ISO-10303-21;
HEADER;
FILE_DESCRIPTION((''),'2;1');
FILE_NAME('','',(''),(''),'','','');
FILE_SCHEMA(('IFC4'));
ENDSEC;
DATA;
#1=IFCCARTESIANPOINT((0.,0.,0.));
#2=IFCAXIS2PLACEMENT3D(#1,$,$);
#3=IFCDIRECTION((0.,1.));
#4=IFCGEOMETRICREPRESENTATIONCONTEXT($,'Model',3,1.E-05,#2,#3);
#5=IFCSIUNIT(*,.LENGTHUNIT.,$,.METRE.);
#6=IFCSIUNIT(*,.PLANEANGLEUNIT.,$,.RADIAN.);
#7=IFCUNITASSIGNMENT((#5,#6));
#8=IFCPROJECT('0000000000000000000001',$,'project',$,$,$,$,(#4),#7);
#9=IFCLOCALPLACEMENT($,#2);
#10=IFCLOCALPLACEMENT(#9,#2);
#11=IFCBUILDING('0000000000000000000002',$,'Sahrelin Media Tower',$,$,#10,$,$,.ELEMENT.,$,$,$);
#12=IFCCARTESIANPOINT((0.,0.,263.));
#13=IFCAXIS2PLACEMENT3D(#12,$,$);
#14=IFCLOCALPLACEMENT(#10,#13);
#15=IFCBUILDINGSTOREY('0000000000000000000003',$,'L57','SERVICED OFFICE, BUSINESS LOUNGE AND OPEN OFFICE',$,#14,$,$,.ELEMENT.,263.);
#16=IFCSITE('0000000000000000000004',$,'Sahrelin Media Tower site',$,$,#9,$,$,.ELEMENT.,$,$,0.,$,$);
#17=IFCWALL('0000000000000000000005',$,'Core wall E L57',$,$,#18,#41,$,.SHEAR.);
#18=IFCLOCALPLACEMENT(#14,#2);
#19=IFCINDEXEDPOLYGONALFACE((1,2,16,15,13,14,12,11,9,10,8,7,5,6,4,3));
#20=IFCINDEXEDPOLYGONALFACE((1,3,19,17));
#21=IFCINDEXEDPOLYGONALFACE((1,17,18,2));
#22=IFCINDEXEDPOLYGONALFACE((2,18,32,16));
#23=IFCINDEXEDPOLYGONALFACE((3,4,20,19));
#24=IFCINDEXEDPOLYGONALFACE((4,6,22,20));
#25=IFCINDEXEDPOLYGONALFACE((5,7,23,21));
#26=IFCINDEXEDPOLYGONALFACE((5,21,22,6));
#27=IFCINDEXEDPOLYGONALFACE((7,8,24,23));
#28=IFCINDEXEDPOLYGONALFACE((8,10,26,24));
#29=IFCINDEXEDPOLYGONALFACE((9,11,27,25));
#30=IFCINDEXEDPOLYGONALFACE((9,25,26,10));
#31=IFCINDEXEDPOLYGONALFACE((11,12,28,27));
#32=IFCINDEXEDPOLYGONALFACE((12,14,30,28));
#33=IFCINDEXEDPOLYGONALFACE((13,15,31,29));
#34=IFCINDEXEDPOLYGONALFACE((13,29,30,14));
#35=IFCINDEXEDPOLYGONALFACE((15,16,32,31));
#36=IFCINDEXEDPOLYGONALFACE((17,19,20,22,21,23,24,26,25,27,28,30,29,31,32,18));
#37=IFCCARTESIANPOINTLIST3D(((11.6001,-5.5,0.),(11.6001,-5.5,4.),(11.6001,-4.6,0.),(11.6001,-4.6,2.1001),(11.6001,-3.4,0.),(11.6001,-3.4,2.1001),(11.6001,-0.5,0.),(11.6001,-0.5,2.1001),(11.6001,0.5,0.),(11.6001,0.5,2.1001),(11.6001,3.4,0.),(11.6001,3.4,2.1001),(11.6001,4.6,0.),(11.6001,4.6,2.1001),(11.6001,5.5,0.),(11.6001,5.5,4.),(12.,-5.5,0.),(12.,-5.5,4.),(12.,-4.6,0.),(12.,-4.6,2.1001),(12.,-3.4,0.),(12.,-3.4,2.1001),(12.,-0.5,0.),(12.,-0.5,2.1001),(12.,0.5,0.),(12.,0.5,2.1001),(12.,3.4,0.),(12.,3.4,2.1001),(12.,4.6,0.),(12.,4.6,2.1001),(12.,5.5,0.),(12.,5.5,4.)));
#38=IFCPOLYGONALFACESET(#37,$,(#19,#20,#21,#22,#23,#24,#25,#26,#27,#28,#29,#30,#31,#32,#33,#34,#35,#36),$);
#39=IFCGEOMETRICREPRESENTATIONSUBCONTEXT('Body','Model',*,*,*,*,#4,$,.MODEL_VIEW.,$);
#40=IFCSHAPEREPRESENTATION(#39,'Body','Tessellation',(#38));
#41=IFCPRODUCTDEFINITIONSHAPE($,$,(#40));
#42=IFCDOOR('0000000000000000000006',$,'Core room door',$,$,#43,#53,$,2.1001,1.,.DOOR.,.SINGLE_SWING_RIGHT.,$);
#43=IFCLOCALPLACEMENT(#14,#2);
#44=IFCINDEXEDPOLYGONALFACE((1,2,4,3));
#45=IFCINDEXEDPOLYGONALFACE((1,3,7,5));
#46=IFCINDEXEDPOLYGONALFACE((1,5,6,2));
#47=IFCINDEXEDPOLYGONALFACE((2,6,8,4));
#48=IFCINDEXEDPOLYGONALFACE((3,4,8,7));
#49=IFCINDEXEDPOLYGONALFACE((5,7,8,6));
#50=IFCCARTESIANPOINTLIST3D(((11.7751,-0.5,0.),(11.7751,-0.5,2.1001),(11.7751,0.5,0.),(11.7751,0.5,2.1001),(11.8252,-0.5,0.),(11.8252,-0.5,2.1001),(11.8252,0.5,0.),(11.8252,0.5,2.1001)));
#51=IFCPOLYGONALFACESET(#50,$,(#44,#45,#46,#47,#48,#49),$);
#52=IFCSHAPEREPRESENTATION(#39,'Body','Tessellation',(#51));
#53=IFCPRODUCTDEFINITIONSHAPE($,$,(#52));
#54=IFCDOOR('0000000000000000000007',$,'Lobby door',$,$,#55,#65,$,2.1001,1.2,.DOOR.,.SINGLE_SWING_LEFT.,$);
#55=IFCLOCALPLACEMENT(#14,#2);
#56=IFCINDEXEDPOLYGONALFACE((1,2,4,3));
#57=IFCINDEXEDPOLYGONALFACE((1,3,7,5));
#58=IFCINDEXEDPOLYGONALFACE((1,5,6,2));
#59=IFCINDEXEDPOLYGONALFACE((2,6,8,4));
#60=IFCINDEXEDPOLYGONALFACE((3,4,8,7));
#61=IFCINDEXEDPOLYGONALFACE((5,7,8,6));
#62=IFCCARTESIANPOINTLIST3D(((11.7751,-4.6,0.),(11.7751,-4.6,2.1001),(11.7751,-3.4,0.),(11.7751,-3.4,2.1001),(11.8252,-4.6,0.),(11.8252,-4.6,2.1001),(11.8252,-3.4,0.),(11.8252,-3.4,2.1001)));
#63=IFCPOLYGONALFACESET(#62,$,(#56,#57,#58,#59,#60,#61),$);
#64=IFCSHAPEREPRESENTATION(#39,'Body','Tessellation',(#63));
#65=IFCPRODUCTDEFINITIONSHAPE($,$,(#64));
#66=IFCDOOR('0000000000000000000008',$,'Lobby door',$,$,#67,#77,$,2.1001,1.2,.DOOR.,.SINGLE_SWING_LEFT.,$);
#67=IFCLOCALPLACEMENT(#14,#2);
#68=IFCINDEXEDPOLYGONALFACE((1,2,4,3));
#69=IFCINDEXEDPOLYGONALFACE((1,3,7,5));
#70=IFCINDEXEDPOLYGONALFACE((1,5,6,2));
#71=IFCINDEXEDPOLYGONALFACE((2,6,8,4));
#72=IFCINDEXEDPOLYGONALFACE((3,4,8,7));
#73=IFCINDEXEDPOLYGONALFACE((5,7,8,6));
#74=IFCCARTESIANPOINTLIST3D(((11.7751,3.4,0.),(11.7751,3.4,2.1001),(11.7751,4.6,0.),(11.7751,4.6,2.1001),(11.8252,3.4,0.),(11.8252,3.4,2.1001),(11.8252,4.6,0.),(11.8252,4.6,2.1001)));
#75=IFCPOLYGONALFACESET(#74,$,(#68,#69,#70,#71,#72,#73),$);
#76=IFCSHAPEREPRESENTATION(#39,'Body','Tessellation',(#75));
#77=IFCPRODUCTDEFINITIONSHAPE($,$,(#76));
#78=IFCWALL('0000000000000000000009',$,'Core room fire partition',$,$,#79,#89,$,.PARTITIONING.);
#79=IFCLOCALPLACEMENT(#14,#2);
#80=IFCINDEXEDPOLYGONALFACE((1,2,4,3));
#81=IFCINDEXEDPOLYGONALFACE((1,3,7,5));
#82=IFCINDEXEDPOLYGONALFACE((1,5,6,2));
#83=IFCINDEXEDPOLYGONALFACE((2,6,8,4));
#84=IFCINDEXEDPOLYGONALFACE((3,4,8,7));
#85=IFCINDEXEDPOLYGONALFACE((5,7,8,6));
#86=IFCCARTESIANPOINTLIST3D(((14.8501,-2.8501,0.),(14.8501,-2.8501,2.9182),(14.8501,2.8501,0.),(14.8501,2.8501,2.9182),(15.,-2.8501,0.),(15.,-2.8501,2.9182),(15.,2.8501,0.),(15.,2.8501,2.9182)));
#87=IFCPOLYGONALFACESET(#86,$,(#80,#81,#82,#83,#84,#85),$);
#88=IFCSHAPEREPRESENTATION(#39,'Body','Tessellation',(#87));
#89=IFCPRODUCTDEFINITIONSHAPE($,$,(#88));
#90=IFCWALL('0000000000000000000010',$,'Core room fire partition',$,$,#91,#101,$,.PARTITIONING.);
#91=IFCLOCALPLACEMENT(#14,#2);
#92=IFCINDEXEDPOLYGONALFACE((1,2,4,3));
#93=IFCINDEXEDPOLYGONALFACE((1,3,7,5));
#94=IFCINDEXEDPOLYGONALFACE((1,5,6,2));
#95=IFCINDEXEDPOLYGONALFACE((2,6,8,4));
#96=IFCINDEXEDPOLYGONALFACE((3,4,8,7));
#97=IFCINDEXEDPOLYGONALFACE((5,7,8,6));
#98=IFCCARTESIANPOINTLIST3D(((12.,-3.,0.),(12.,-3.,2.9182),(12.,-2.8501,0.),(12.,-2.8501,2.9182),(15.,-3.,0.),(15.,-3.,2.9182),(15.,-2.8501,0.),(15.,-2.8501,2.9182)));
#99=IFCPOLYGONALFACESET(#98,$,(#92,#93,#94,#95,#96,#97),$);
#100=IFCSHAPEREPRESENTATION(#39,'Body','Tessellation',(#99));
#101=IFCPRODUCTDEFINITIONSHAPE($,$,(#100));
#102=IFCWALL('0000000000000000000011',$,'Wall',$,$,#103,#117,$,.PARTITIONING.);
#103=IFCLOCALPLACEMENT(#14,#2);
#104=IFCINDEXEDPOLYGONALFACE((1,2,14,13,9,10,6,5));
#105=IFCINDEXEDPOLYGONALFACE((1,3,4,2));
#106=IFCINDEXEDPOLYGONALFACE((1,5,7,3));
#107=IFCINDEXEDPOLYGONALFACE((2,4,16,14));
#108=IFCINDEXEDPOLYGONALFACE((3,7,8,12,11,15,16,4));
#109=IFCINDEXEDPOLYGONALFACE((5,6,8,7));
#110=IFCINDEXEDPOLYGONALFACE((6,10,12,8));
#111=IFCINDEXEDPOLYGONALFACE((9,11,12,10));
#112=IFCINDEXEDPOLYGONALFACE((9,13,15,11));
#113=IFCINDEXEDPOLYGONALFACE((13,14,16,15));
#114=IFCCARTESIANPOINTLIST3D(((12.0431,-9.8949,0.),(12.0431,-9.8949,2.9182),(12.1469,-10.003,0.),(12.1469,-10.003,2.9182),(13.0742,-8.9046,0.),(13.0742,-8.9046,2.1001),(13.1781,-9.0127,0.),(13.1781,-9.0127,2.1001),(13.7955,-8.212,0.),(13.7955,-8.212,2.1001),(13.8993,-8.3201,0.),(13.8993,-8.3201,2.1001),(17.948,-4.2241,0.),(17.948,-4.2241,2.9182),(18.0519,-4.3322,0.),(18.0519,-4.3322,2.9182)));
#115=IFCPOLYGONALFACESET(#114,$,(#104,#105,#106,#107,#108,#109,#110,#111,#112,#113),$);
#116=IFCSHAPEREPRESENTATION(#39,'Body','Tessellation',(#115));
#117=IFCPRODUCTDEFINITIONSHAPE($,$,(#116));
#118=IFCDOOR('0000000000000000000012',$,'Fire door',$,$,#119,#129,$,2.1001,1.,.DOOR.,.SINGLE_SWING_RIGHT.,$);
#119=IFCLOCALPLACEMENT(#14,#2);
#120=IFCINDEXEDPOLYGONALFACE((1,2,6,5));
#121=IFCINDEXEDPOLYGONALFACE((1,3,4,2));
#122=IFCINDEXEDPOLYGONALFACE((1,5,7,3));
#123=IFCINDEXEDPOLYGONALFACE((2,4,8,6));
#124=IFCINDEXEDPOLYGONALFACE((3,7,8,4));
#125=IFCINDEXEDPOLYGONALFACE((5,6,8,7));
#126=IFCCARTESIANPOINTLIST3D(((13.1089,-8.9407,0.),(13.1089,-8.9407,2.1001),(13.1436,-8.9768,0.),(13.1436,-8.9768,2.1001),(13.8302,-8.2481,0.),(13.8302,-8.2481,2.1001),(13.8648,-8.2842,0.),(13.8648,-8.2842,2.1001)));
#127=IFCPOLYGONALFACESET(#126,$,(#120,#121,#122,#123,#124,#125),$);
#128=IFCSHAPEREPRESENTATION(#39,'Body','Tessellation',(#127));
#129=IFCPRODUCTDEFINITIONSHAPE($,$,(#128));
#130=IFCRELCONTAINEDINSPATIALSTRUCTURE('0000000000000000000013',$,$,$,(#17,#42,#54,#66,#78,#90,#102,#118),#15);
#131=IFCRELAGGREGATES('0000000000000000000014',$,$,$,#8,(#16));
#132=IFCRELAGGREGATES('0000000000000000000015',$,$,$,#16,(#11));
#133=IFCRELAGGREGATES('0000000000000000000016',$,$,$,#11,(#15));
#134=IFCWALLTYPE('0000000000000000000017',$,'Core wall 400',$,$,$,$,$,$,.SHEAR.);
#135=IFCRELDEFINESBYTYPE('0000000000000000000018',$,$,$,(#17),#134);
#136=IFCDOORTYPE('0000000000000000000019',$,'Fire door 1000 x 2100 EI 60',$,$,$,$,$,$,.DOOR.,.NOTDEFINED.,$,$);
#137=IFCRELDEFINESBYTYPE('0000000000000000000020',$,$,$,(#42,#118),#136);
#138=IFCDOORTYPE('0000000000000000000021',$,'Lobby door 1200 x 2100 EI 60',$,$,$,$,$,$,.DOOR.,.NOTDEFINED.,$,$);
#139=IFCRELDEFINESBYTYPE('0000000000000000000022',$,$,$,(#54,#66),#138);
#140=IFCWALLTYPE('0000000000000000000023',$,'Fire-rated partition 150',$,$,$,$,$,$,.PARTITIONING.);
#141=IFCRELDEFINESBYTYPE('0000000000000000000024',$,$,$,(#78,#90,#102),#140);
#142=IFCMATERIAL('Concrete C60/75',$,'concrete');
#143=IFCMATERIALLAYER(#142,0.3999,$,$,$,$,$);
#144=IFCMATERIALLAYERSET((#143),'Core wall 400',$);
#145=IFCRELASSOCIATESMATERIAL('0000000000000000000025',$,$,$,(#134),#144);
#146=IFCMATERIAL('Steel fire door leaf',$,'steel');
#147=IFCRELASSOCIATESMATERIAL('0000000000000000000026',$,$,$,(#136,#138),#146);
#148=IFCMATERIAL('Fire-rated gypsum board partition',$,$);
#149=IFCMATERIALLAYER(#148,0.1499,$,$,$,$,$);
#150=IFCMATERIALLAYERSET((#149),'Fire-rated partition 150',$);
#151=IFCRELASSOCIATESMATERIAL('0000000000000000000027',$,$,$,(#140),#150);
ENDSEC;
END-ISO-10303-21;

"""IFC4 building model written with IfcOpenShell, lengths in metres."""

from ifc_helpers import new_model, si_unit, direction, frame, frame_2d, origin, place, context, subcontext, project, spatial, rectangle, extrude, material, layer, layer_set, type_object, element, fill, save


model = new_model("IFC4")

# Units and contexts
model_context = context("Model", 3, precision=1e-05, world=origin(), true_north=direction((0.0, 1.0)))
body_context = subcontext(model_context, "Body", "Model", "MODEL_VIEW")
ifc_project = project(units=[si_unit("LENGTHUNIT", "METRE"), si_unit("PLANEANGLEUNIT", "RADIAN")], contexts=[model_context])

# Site, building, storey
site_placement = place(None, origin())
site = spatial("IfcSite", under=ifc_project, at=site_placement, Name="Sahrelin Media Tower site", CompositionType="ELEMENT", RefElevation=0.0)
building_placement = place(site_placement, origin())
building = spatial("IfcBuilding", under=site, at=building_placement, Name="Sahrelin Media Tower", CompositionType="ELEMENT")
storey_placement = place(building_placement, frame((0.0, 0.0, 263.0)))
storey = spatial("IfcBuildingStorey", under=building, at=storey_placement, Name="L57", Description="SERVICED OFFICE, BUSINESS LOUNGE AND OPEN OFFICE", CompositionType="ELEMENT", Elevation=263.0)

# Wall, openings, doors
ifc_material_1 = material(Name="Concrete C60/75", Category="concrete")
ifc_layer_1 = layer(ifc_material_1, 0.3999)
ifc_layer_set_1 = layer_set([ifc_layer_1], Name="Core wall 400")
wall_type_1 = type_object("IfcWallType", Name="Core wall 400", PredefinedType="SHEAR", material=ifc_layer_set_1)
wall_1_placement = place(storey_placement, frame((11.8, -5.5, 0.0), z_axis=(0.0, 0.0, 1.0), x_axis=(0.0, 1.0, 0.0)))
wall_1 = element("IfcWall", 1, at=wall_1_placement, inside=storey, type_object=wall_type_1, Name="Core wall E L57", PredefinedType="SHEAR", context=body_context, shape_type="SweptSolid", body=[
    extrude(rectangle(XDim=11.0, YDim=0.3999, at=frame_2d((5.5, 0.0))), origin(), (0.0, 0.0, 1.0), 4.0),
])
opening_1_placement = place(wall_1_placement, frame((5.0, 0.0, 0.0)))
opening_1 = element("IfcOpeningElement", 2, at=opening_1_placement, cuts=wall_1, PredefinedType="OPENING", context=body_context, shape_type="SweptSolid", body=[
    extrude(rectangle(XDim=1.0, YDim=2.1001, at=frame_2d((0.5, 1.05))), frame((0.0, 0.2, 0.0), z_axis=(0.0, -1.0, 0.0), x_axis=(1.0, 0.0, 0.0)), (0.0, 0.0, 1.0), 0.3999),
])
opening_2_placement = place(wall_1_placement, frame((0.8999, 0.0, 0.0)))
opening_2 = element("IfcOpeningElement", 3, at=opening_2_placement, cuts=wall_1, PredefinedType="OPENING", context=body_context, shape_type="SweptSolid", body=[
    extrude(rectangle(XDim=1.2, YDim=2.1001, at=frame_2d((0.6001, 1.05))), frame((0.0, 0.2, 0.0), z_axis=(0.0, -1.0, 0.0), x_axis=(1.0, 0.0, 0.0)), (0.0, 0.0, 1.0), 0.3999),
])
opening_3_placement = place(wall_1_placement, frame((8.8999, 0.0, 0.0)))
opening_3 = element("IfcOpeningElement", 4, at=opening_3_placement, cuts=wall_1, PredefinedType="OPENING", context=body_context, shape_type="SweptSolid", body=[
    extrude(rectangle(XDim=1.2, YDim=2.1001, at=frame_2d((0.6001, 1.05))), frame((0.0, 0.2, 0.0), z_axis=(0.0, -1.0, 0.0), x_axis=(1.0, 0.0, 0.0)), (0.0, 0.0, 1.0), 0.3999),
])
ifc_material_2 = material(Name="Steel fire door leaf", Category="steel")
door_type_1 = type_object("IfcDoorType", Name="Fire door 1000 x 2100 EI 60", OperationType="NOTDEFINED", PredefinedType="DOOR", material=ifc_material_2)
door_1_placement = place(opening_1_placement, origin())
door_1 = element("IfcDoor", 5, at=door_1_placement, inside=storey, type_object=door_type_1, Name="Core room door", OperationType="SINGLE_SWING_RIGHT", OverallHeight=2.1001, OverallWidth=1.0, PredefinedType="DOOR", context=body_context, shape_type="SweptSolid", body=[
    extrude(rectangle(XDim=1.0, YDim=2.1001, at=frame_2d((0.5, 1.05))), frame((0.0, 0.0249, 0.0), z_axis=(0.0, -1.0, 0.0), x_axis=(1.0, 0.0, 0.0)), (0.0, 0.0, 1.0), 0.05),
])
fill(opening_1, door_1)
door_type_2 = type_object("IfcDoorType", Name="Lobby door 1200 x 2100 EI 60", OperationType="NOTDEFINED", PredefinedType="DOOR", material=ifc_material_2)
door_2_placement = place(opening_2_placement, origin())
door_2 = element("IfcDoor", 6, at=door_2_placement, inside=storey, type_object=door_type_2, Name="Lobby door", OperationType="SINGLE_SWING_LEFT", OverallHeight=2.1001, OverallWidth=1.2, PredefinedType="DOOR", context=body_context, shape_type="SweptSolid", body=[
    extrude(rectangle(XDim=1.2, YDim=2.1001, at=frame_2d((0.6001, 1.05))), frame((0.0, 0.0249, 0.0), z_axis=(0.0, -1.0, 0.0), x_axis=(1.0, 0.0, 0.0)), (0.0, 0.0, 1.0), 0.05),
])
fill(opening_2, door_2)
door_3_placement = place(opening_3_placement, origin())
door_3 = element("IfcDoor", 7, at=door_3_placement, inside=storey, type_object=door_type_2, Name="Lobby door", OperationType="SINGLE_SWING_LEFT", OverallHeight=2.1001, OverallWidth=1.2, PredefinedType="DOOR", context=body_context, shape_type="SweptSolid", body=[
    extrude(rectangle(XDim=1.2, YDim=2.1001, at=frame_2d((0.6001, 1.05))), frame((0.0, 0.0249, 0.0), z_axis=(0.0, -1.0, 0.0), x_axis=(1.0, 0.0, 0.0)), (0.0, 0.0, 1.0), 0.05),
])
fill(opening_3, door_3)

# Walls
ifc_material_3 = material(Name="Fire-rated gypsum board partition")
ifc_layer_2 = layer(ifc_material_3, 0.1499)
ifc_layer_set_2 = layer_set([ifc_layer_2], Name="Fire-rated partition 150")
wall_type_2 = type_object("IfcWallType", Name="Fire-rated partition 150", PredefinedType="PARTITIONING", material=ifc_layer_set_2)
wall_2_placement = place(storey_placement, frame((14.925, -2.8501, 0.0), z_axis=(0.0, 0.0, 1.0), x_axis=(0.0, 1.0, 0.0)))
element("IfcWall", 8, at=wall_2_placement, inside=storey, type_object=wall_type_2, Name="Core room fire partition", PredefinedType="PARTITIONING", context=body_context, shape_type="SweptSolid", body=[
    extrude(rectangle(XDim=5.7002, YDim=0.1499, at=frame_2d((2.8501, 0.0))), origin(), (0.0, 0.0, 1.0), 2.9182),
])
wall_3_placement = place(storey_placement, frame((12.0, -2.925, 0.0), z_axis=(0.0, 0.0, 1.0), x_axis=(1.0, 0.0, 0.0)))
element("IfcWall", 9, at=wall_3_placement, inside=storey, type_object=wall_type_2, Name="Core room fire partition", PredefinedType="PARTITIONING", context=body_context, shape_type="SweptSolid", body=[
    extrude(rectangle(XDim=3.0, YDim=0.1499, at=frame_2d((1.5, 0.0))), origin(), (0.0, 0.0, 1.0), 2.9182),
])

# Wall, opening, door
wall_4_placement = place(storey_placement, frame((12.095, -9.949, 0.0), z_axis=(0.0, 0.0, 1.0), x_axis=(0.721261, 0.692663, 0.0)))
wall_4 = element("IfcWall", 10, at=wall_4_placement, inside=storey, type_object=wall_type_2, Name="Wall", PredefinedType="PARTITIONING", context=body_context, shape_type="SweptSolid", body=[
    extrude(rectangle(XDim=8.187, YDim=0.1499, at=frame_2d((4.0935, 0.0))), origin(), (0.0, 0.0, 1.0), 2.9182),
])
opening_4_placement = place(wall_4_placement, frame((1.4297, 0.0, 0.0)))
opening_4 = element("IfcOpeningElement", 11, at=opening_4_placement, cuts=wall_4, PredefinedType="OPENING", context=body_context, shape_type="SweptSolid", body=[
    extrude(rectangle(XDim=1.0, YDim=2.1001, at=frame_2d((0.5, 1.05))), frame((0.0, 0.075, 0.0), z_axis=(0.0, -1.0, 0.0), x_axis=(1.0, 0.0, 0.0)), (0.0, 0.0, 1.0), 0.1499),
])
door_4_placement = place(opening_4_placement, origin())
door_4 = element("IfcDoor", 12, at=door_4_placement, inside=storey, type_object=door_type_1, Name="Fire door", OperationType="SINGLE_SWING_RIGHT", OverallHeight=2.1001, OverallWidth=1.0, PredefinedType="DOOR", context=body_context, shape_type="SweptSolid", body=[
    extrude(rectangle(XDim=1.0, YDim=2.1001, at=frame_2d((0.5, 1.05))), frame((0.0, 0.0249, 0.0), z_axis=(0.0, -1.0, 0.0), x_axis=(1.0, 0.0, 0.0)), (0.0, 0.0, 1.0), 0.05),
])
fill(opening_4, door_4)

save(model, "model.ifc")
